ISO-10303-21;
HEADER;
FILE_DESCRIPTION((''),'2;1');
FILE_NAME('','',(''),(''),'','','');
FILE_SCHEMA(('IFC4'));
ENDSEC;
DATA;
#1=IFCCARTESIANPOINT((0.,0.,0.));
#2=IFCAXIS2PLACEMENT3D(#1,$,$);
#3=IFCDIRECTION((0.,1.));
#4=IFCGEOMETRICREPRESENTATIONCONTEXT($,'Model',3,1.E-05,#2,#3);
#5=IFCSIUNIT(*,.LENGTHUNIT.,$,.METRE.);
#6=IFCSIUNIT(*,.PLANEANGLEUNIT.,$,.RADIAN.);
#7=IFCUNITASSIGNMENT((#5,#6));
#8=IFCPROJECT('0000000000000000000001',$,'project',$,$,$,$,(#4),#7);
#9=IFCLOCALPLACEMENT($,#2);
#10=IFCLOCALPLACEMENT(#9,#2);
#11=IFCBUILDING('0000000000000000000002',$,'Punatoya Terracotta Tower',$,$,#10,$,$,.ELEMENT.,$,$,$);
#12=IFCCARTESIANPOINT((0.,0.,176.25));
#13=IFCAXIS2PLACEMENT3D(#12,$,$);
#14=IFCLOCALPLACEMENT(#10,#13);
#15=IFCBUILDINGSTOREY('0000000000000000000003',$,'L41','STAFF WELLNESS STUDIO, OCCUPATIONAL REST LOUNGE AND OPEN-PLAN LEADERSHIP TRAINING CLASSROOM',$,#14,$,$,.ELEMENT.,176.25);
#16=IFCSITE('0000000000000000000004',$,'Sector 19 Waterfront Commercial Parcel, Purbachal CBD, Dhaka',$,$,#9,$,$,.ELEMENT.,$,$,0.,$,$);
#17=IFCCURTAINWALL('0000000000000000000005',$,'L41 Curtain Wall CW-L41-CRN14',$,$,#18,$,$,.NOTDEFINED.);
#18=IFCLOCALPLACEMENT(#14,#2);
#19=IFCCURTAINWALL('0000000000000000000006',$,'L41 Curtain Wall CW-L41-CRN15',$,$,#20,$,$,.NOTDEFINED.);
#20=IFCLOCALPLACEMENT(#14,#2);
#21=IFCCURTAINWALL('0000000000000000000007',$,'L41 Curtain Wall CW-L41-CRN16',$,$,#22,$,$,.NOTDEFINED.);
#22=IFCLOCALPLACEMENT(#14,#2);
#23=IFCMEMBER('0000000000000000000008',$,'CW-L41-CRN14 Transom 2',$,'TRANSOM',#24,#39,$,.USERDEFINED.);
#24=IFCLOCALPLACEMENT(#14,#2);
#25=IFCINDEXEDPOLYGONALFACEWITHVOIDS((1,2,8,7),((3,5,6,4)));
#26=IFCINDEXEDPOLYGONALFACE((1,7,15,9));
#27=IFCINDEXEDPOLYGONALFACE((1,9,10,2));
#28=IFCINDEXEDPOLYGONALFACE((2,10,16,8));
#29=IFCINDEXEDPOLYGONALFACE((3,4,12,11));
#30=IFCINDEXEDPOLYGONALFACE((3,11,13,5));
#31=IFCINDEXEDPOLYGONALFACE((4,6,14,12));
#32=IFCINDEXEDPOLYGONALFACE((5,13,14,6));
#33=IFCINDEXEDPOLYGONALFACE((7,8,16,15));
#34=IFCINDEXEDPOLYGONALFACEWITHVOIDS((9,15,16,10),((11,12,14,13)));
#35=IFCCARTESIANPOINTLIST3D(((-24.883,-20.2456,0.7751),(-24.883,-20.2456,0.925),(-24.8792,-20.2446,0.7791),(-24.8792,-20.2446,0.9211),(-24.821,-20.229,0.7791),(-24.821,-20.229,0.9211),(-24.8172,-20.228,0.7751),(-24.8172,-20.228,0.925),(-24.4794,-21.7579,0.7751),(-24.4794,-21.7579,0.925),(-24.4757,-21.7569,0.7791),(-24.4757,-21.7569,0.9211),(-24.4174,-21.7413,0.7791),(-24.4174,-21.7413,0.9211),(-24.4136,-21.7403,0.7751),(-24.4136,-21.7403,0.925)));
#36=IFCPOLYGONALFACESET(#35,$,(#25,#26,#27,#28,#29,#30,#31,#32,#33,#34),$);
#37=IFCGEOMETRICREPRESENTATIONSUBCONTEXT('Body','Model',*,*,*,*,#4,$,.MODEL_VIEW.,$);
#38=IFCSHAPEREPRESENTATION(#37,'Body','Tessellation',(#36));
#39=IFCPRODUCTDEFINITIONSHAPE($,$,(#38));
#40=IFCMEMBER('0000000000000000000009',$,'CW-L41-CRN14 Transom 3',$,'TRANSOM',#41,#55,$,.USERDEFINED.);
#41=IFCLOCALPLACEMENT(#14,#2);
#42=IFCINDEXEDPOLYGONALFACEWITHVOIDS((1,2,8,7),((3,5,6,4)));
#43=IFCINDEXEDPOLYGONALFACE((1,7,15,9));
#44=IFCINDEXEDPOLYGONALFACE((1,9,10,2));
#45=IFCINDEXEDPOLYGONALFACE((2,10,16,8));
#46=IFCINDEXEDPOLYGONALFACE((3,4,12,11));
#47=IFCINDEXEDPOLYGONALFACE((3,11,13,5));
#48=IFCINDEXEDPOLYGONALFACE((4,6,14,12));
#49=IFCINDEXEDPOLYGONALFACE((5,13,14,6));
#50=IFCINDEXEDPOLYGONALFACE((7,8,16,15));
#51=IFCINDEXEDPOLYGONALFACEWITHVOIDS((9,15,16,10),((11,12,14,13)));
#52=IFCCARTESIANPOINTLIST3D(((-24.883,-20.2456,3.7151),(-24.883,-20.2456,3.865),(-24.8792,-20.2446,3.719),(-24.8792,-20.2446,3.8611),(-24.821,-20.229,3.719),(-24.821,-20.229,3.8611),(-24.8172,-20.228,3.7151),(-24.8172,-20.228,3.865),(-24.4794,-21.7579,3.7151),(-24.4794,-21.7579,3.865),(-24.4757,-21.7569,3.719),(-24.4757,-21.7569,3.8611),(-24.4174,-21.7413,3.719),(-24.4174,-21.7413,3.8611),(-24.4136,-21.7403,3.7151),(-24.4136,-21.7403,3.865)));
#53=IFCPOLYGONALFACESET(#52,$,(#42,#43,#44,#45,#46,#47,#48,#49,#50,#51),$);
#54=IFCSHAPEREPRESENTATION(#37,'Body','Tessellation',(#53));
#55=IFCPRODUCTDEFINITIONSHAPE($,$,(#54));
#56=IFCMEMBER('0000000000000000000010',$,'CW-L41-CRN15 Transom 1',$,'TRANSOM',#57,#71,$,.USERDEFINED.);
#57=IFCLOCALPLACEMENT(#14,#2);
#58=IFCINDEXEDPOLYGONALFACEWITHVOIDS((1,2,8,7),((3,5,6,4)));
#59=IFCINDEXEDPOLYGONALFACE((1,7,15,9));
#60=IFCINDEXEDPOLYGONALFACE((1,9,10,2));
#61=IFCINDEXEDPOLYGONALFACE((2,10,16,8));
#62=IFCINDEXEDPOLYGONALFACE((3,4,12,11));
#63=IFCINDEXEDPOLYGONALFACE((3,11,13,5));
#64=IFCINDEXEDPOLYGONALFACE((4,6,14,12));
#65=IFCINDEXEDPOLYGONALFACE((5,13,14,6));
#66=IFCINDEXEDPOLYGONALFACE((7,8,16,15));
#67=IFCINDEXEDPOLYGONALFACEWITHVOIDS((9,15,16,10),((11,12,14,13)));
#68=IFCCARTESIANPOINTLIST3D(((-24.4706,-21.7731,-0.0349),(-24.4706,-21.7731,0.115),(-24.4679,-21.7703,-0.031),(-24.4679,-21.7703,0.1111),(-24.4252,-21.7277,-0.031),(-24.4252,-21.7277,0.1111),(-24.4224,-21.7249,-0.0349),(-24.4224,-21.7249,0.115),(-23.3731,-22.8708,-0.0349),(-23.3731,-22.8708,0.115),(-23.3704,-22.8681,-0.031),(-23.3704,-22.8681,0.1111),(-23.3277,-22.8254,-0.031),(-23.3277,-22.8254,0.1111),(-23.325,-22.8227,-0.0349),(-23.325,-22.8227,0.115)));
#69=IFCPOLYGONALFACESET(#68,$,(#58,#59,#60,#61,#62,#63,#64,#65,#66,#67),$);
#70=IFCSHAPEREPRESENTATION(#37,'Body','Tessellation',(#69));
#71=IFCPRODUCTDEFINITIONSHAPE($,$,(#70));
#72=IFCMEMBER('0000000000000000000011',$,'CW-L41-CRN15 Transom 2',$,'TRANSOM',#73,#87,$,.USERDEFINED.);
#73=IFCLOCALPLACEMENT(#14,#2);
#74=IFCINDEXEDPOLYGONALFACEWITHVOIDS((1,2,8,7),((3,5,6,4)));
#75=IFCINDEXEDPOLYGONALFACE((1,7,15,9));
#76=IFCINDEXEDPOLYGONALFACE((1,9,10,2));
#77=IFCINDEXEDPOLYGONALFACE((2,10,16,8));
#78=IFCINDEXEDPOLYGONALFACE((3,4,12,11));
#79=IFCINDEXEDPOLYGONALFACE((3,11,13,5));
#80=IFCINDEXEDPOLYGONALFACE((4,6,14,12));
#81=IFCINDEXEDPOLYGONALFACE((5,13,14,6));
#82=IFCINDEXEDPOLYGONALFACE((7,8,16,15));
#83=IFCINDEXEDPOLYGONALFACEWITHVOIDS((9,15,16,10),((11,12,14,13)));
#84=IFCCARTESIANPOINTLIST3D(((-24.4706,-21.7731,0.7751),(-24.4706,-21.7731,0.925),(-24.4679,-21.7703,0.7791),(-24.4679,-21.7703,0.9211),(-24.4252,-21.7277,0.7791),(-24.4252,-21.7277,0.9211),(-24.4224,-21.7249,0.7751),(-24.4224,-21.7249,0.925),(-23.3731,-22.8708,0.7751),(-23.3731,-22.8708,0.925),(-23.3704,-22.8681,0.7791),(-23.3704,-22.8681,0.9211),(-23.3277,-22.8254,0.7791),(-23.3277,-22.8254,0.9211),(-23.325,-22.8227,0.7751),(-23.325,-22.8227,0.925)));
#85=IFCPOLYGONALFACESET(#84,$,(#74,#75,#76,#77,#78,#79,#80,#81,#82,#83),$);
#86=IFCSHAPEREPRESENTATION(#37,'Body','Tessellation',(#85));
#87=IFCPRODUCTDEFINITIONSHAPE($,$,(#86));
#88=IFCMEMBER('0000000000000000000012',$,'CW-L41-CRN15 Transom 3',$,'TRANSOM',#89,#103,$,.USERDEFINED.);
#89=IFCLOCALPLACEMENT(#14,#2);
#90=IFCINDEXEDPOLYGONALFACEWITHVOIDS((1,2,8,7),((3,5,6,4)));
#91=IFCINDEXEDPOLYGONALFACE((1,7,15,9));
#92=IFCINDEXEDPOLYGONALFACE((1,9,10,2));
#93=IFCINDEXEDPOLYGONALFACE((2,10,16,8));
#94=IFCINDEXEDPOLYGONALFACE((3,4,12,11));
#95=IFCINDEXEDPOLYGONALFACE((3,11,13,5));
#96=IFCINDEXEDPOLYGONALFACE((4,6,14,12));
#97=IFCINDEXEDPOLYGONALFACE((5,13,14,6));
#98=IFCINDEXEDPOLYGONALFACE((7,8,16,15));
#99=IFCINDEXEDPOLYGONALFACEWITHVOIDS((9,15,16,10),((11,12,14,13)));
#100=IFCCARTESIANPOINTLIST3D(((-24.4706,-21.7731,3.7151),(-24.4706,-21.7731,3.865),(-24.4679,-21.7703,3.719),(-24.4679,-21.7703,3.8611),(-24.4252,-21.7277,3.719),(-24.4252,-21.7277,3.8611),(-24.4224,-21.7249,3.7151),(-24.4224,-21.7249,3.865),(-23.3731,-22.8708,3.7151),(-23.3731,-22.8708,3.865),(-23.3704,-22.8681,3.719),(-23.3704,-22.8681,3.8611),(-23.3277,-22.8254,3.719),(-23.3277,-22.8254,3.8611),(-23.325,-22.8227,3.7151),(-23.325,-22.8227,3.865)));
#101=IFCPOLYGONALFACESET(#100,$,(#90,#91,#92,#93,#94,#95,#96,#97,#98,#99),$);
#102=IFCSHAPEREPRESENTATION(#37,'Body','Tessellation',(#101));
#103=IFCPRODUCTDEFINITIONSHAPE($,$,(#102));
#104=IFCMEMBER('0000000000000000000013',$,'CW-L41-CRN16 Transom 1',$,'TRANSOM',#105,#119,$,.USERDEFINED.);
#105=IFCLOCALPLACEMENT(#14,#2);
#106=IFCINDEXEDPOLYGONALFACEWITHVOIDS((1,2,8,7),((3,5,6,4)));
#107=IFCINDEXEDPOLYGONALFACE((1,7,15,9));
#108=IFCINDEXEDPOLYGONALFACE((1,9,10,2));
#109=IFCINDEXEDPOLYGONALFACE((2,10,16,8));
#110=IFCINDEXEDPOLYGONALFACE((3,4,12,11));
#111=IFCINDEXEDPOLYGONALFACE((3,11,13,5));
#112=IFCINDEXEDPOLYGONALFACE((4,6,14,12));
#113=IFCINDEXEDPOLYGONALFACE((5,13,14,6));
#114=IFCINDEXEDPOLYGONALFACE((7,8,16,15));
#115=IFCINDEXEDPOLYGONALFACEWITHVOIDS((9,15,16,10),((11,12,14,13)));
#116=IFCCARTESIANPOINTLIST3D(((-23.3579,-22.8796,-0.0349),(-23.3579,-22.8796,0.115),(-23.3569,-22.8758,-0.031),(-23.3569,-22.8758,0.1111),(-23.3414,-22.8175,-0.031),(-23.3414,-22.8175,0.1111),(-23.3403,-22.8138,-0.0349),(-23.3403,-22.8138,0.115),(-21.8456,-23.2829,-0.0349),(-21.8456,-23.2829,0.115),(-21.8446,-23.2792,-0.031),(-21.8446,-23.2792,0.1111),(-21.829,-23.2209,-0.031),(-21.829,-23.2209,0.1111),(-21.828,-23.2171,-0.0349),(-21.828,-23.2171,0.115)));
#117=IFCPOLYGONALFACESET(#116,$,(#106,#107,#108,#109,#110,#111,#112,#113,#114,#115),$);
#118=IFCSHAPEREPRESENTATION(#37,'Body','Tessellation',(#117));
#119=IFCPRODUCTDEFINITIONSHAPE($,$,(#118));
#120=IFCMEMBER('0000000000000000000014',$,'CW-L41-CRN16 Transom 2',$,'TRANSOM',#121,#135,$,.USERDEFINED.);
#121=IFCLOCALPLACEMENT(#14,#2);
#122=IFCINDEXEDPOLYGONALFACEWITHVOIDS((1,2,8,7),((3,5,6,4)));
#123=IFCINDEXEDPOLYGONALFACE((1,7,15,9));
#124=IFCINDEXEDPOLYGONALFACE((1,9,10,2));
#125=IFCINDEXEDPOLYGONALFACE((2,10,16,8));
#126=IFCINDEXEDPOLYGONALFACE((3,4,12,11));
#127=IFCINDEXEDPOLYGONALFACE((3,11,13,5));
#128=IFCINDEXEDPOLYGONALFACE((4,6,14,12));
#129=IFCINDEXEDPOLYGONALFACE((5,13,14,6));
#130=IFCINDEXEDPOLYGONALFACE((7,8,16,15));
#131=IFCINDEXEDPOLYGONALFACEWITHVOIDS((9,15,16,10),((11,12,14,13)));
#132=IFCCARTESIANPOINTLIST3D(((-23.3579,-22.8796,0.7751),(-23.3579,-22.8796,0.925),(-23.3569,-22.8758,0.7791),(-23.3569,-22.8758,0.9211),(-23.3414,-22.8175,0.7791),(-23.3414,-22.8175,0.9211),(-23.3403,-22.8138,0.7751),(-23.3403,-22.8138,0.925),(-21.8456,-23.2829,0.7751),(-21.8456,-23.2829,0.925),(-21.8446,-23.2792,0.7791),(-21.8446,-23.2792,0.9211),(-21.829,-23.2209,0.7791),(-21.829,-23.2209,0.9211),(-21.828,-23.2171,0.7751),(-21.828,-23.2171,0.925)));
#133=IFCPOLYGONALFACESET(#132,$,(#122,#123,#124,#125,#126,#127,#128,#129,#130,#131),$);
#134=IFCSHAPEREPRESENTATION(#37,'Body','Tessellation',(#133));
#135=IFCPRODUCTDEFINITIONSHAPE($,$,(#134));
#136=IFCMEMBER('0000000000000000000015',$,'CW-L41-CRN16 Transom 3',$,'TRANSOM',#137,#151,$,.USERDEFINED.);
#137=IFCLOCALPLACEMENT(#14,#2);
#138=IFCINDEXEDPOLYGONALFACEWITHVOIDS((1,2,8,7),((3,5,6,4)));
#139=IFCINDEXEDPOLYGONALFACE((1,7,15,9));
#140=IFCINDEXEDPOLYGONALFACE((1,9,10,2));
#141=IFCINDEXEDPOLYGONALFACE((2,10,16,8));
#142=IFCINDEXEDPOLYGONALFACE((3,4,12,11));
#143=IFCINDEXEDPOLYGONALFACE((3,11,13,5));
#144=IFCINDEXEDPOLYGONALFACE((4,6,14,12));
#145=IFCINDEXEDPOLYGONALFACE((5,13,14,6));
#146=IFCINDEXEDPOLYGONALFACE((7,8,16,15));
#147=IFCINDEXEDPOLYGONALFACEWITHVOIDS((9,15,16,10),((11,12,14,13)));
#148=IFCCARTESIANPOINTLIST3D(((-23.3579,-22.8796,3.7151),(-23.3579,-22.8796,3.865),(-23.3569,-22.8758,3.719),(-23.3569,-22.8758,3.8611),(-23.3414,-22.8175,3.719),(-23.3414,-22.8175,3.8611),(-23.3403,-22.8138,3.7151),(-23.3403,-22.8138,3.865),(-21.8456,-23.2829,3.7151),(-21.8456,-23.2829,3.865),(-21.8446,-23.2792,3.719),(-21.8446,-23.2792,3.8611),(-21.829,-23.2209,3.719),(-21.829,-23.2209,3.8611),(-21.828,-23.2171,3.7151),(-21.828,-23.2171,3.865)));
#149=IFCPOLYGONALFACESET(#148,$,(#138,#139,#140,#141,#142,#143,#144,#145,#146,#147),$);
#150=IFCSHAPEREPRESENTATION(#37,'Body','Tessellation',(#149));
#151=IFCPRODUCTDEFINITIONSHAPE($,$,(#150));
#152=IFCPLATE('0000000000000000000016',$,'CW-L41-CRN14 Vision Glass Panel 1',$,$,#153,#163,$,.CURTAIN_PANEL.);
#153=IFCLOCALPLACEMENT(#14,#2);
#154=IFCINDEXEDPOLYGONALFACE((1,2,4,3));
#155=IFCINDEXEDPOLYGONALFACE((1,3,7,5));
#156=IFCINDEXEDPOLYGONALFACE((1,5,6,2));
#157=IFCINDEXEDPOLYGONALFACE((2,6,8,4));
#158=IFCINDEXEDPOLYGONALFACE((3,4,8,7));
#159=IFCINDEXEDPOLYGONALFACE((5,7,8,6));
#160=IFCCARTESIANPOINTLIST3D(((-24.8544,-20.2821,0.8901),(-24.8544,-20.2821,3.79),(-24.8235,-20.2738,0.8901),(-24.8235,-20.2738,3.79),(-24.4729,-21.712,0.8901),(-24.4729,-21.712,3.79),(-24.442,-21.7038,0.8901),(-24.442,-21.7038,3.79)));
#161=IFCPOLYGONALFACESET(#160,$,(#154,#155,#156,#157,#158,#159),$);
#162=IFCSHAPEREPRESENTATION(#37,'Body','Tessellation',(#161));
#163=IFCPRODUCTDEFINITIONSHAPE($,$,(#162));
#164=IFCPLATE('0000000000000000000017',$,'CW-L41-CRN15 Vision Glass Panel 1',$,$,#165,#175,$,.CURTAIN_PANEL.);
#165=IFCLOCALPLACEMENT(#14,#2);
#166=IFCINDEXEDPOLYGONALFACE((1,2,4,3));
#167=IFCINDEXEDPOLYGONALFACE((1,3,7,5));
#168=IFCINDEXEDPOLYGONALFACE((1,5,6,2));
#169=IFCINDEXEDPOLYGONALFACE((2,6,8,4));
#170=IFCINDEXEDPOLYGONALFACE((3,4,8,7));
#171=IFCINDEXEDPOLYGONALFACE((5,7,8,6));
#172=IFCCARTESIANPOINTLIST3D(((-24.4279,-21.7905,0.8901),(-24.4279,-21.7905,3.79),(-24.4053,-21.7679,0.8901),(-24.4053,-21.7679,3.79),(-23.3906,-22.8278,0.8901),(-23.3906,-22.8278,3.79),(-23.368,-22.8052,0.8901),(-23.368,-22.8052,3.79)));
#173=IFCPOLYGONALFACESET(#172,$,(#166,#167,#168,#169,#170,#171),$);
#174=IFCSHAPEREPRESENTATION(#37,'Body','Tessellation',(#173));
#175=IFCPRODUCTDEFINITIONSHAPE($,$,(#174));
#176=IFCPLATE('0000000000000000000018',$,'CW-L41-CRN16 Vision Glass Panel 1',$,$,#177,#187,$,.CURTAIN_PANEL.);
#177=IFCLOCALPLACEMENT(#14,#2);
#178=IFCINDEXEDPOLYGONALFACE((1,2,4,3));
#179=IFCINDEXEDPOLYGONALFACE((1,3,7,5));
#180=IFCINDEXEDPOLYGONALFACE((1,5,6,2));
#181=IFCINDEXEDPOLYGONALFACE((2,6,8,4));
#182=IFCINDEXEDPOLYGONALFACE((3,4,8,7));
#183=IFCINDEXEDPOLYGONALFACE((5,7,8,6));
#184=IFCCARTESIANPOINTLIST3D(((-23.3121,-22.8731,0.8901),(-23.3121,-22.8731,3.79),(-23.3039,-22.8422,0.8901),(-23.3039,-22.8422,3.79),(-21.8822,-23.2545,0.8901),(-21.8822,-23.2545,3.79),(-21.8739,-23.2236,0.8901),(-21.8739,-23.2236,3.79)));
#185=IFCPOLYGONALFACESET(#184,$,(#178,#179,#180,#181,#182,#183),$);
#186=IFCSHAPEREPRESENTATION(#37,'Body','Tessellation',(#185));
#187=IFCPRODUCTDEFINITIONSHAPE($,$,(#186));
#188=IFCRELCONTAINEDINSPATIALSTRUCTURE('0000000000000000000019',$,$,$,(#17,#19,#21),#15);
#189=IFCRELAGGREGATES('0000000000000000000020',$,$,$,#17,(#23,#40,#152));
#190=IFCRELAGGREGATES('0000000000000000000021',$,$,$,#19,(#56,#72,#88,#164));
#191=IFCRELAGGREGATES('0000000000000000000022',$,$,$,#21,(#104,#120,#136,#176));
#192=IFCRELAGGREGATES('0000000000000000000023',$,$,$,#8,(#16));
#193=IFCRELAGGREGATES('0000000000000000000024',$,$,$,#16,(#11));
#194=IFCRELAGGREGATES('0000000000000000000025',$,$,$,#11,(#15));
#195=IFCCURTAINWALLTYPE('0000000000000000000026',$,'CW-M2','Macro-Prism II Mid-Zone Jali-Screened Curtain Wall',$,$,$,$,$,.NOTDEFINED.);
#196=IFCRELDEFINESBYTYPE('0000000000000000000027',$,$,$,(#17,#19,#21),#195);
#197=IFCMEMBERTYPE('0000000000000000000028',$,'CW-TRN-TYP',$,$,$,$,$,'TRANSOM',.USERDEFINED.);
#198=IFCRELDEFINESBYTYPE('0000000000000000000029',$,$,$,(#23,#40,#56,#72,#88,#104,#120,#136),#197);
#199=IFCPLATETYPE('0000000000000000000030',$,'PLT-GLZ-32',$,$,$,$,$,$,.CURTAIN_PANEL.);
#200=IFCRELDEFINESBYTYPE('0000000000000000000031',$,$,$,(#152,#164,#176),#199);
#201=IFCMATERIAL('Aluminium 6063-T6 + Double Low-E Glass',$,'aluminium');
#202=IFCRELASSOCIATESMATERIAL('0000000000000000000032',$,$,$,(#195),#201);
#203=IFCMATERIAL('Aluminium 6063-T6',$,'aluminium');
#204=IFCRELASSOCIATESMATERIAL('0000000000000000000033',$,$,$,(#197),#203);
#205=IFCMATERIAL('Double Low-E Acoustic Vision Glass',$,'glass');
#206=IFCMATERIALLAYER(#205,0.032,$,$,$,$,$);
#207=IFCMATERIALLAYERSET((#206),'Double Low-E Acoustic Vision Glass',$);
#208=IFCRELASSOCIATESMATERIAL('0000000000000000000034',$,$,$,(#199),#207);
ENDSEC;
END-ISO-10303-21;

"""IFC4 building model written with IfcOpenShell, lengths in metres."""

from ifc_helpers import new_model, si_unit, direction, frame, origin, origin_2d, place, context, subcontext, project, spatial, rectangle, hollow_rectangle, extrude, material, layer, layer_set, material_profile, profile_set, type_object, element, aggregate, save


model = new_model("IFC4")

# Units and contexts
model_context = context("Model", 3, precision=1e-05, world=origin(), true_north=direction((0.0, 1.0)))
body_context = subcontext(model_context, "Body", "Model", "MODEL_VIEW")
ifc_project = project(units=[si_unit("LENGTHUNIT", "METRE"), si_unit("PLANEANGLEUNIT", "RADIAN")], contexts=[model_context])

# Site, building, storey
site_placement = place(None, origin())
site = spatial("IfcSite", under=ifc_project, at=site_placement, Name="Sector 19 Waterfront Commercial Parcel, Purbachal CBD, Dhaka", CompositionType="ELEMENT", RefElevation=0.0)
building_placement = place(site_placement, origin())
building = spatial("IfcBuilding", under=site, at=building_placement, Name="Punatoya Terracotta Tower", CompositionType="ELEMENT")
storey_placement = place(building_placement, frame((0.0, 0.0, 176.25)))
storey = spatial("IfcBuildingStorey", under=building, at=storey_placement, Name="L41", Description="STAFF WELLNESS STUDIO, OCCUPATIONAL REST LOUNGE AND OPEN-PLAN LEADERSHIP TRAINING CLASSROOM", CompositionType="ELEMENT", Elevation=176.25)

# Shared definitions
ifc_material_1 = material(Name="Aluminium 6063-T6 + Double Low-E Glass", Category="aluminium")
curtain_wall_type = type_object("IfcCurtainWallType", Name="CW-M2", Description="Macro-Prism II Mid-Zone Jali-Screened Curtain Wall", PredefinedType="NOTDEFINED", material=ifc_material_1)
ifc_material_2 = material(Name="Aluminium 6063-T6", Category="aluminium")

# Curtain walls
curtain_wall_1_placement = place(storey_placement, origin())
curtain_wall_1 = element("IfcCurtainWall", 1, at=curtain_wall_1_placement, inside=storey, type_object=curtain_wall_type, Name="L41 Curtain Wall CW-L41-CRN14", PredefinedType="NOTDEFINED")
curtain_wall_2_placement = place(storey_placement, origin())
curtain_wall_2 = element("IfcCurtainWall", 2, at=curtain_wall_2_placement, inside=storey, type_object=curtain_wall_type, Name="L41 Curtain Wall CW-L41-CRN15", PredefinedType="NOTDEFINED")
curtain_wall_3_placement = place(storey_placement, origin())
curtain_wall_3 = element("IfcCurtainWall", 3, at=curtain_wall_3_placement, inside=storey, type_object=curtain_wall_type, Name="L41 Curtain Wall CW-L41-CRN16", PredefinedType="NOTDEFINED")

# Members
ifc_material_profile_1 = material_profile(ifc_material_2, hollow_rectangle(XDim=0.0681, YDim=0.1499, WallThickness=0.0039, at=origin_2d()))
ifc_profile_set_1 = profile_set([ifc_material_profile_1], Name="Aluminium 6063-T6")
member_type_1 = type_object("IfcMemberType", Name="CW-TRN-TYP", ElementType="TRANSOM", PredefinedType="USERDEFINED", material=ifc_profile_set_1)
member_1_placement = place(storey_placement, frame((-24.8501, -20.2368, 0.8501), z_axis=(0.257847, -0.966186, 0.0), x_axis=(0.966186, 0.257847, 0.0)))
member_1 = element("IfcMember", 4, at=member_1_placement, type_object=member_type_1, Name="CW-L41-CRN14 Transom 2", ObjectType="TRANSOM", PredefinedType="USERDEFINED", context=body_context, shape_type="SweptSolid", body=[
    extrude(hollow_rectangle(XDim=0.0681, YDim=0.1499, WallThickness=0.0039, at=origin_2d()), origin(), (0.0, 0.0, 1.0), 1.5652),
])
member_2_placement = place(storey_placement, frame((-24.8501, -20.2368, 3.79), z_axis=(0.257847, -0.966186, 0.0), x_axis=(0.966186, 0.257847, 0.0)))
member_2 = element("IfcMember", 5, at=member_2_placement, type_object=member_type_1, Name="CW-L41-CRN14 Transom 3", ObjectType="TRANSOM", PredefinedType="USERDEFINED", context=body_context, shape_type="SweptSolid", body=[
    extrude(hollow_rectangle(XDim=0.0681, YDim=0.1499, WallThickness=0.0039, at=origin_2d()), origin(), (0.0, 0.0, 1.0), 1.5652),
])
member_3_placement = place(storey_placement, frame((-24.4465, -21.749, 0.04), z_axis=(0.707028, -0.707185, 0.0), x_axis=(0.707185, 0.707028, 0.0)))
member_3 = element("IfcMember", 6, at=member_3_placement, type_object=member_type_1, Name="CW-L41-CRN15 Transom 1", ObjectType="TRANSOM", PredefinedType="USERDEFINED", context=body_context, shape_type="SweptSolid", body=[
    extrude(hollow_rectangle(XDim=0.0681, YDim=0.1499, WallThickness=0.0039, at=origin_2d()), origin(), (0.0, 0.0, 1.0), 1.5522),
])
member_4_placement = place(storey_placement, frame((-24.4465, -21.749, 0.8501), z_axis=(0.707028, -0.707185, 0.0), x_axis=(0.707185, 0.707028, 0.0)))
member_4 = element("IfcMember", 7, at=member_4_placement, type_object=member_type_1, Name="CW-L41-CRN15 Transom 2", ObjectType="TRANSOM", PredefinedType="USERDEFINED", context=body_context, shape_type="SweptSolid", body=[
    extrude(hollow_rectangle(XDim=0.0681, YDim=0.1499, WallThickness=0.0039, at=origin_2d()), origin(), (0.0, 0.0, 1.0), 1.5522),
])
member_5_placement = place(storey_placement, frame((-24.4465, -21.749, 3.79), z_axis=(0.707028, -0.707185, 0.0), x_axis=(0.707185, 0.707028, 0.0)))
member_5 = element("IfcMember", 8, at=member_5_placement, type_object=member_type_1, Name="CW-L41-CRN15 Transom 3", ObjectType="TRANSOM", PredefinedType="USERDEFINED", context=body_context, shape_type="SweptSolid", body=[
    extrude(hollow_rectangle(XDim=0.0681, YDim=0.1499, WallThickness=0.0039, at=origin_2d()), origin(), (0.0, 0.0, 1.0), 1.5522),
])
member_6_placement = place(storey_placement, frame((-23.3491, -22.8467, 0.04), z_axis=(0.966225, -0.257701, 0.0), x_axis=(0.257701, 0.966225, 0.0)))
member_6 = element("IfcMember", 9, at=member_6_placement, type_object=member_type_1, Name="CW-L41-CRN16 Transom 1", ObjectType="TRANSOM", PredefinedType="USERDEFINED", context=body_context, shape_type="SweptSolid", body=[
    extrude(hollow_rectangle(XDim=0.0681, YDim=0.1499, WallThickness=0.0039, at=origin_2d()), origin(), (0.0, 0.0, 1.0), 1.5652),
])
member_7_placement = place(storey_placement, frame((-23.3491, -22.8467, 0.8501), z_axis=(0.966225, -0.257701, 0.0), x_axis=(0.257701, 0.966225, 0.0)))
member_7 = element("IfcMember", 10, at=member_7_placement, type_object=member_type_1, Name="CW-L41-CRN16 Transom 2", ObjectType="TRANSOM", PredefinedType="USERDEFINED", context=body_context, shape_type="SweptSolid", body=[
    extrude(hollow_rectangle(XDim=0.0681, YDim=0.1499, WallThickness=0.0039, at=origin_2d()), origin(), (0.0, 0.0, 1.0), 1.5652),
])
member_8_placement = place(storey_placement, frame((-23.3491, -22.8467, 3.79), z_axis=(0.966225, -0.257701, 0.0), x_axis=(0.257701, 0.966225, 0.0)))
member_8 = element("IfcMember", 11, at=member_8_placement, type_object=member_type_1, Name="CW-L41-CRN16 Transom 3", ObjectType="TRANSOM", PredefinedType="USERDEFINED", context=body_context, shape_type="SweptSolid", body=[
    extrude(hollow_rectangle(XDim=0.0681, YDim=0.1499, WallThickness=0.0039, at=origin_2d()), origin(), (0.0, 0.0, 1.0), 1.5652),
])

# Plates
ifc_material_3 = material(Name="Double Low-E Acoustic Vision Glass", Category="glass")
ifc_layer_1 = layer(ifc_material_3, 0.032)
ifc_layer_set_1 = layer_set([ifc_layer_1], Name="Double Low-E Acoustic Vision Glass")
plate_type_1 = type_object("IfcPlateType", Name="PLT-GLZ-32", PredefinedType="CURTAIN_PANEL", material=ifc_layer_set_1)
plate_1_placement = place(storey_placement, frame((-24.6482, -20.9929, 0.8901), z_axis=(0.0, 0.0, 1.0), x_axis=(0.257742, -0.966214, 0.0)))
plate_1 = element("IfcPlate", 12, at=plate_1_placement, type_object=plate_type_1, Name="CW-L41-CRN14 Vision Glass Panel 1", PredefinedType="CURTAIN_PANEL", context=body_context, shape_type="SweptSolid", body=[
    extrude(rectangle(XDim=1.48, YDim=0.032, at=origin_2d()), origin(), (0.0, 0.0, 1.0), 2.8999),
])
plate_2_placement = place(storey_placement, frame((-23.8979, -22.2979, 0.8901), z_axis=(0.0, 0.0, 1.0), x_axis=(0.707107, -0.707107, 0.0)))
plate_2 = element("IfcPlate", 13, at=plate_2_placement, type_object=plate_type_1, Name="CW-L41-CRN15 Vision Glass Panel 1", PredefinedType="CURTAIN_PANEL", context=body_context, shape_type="SweptSolid", body=[
    extrude(rectangle(XDim=1.467, YDim=0.032, at=origin_2d()), origin(), (0.0, 0.0, 1.0), 2.8999),
])
plate_3_placement = place(storey_placement, frame((-22.593, -23.0483, 0.8901), z_axis=(0.0, 0.0, 1.0), x_axis=(0.966214, -0.257742, 0.0)))
plate_3 = element("IfcPlate", 14, at=plate_3_placement, type_object=plate_type_1, Name="CW-L41-CRN16 Vision Glass Panel 1", PredefinedType="CURTAIN_PANEL", context=body_context, shape_type="SweptSolid", body=[
    extrude(rectangle(XDim=1.48, YDim=0.032, at=origin_2d()), origin(), (0.0, 0.0, 1.0), 2.8999),
])
aggregate(curtain_wall_1, [member_1, member_2, plate_1])
aggregate(curtain_wall_2, [member_3, member_4, member_5, plate_2])
aggregate(curtain_wall_3, [member_6, member_7, member_8, plate_3])

save(model, "model.ifc")
